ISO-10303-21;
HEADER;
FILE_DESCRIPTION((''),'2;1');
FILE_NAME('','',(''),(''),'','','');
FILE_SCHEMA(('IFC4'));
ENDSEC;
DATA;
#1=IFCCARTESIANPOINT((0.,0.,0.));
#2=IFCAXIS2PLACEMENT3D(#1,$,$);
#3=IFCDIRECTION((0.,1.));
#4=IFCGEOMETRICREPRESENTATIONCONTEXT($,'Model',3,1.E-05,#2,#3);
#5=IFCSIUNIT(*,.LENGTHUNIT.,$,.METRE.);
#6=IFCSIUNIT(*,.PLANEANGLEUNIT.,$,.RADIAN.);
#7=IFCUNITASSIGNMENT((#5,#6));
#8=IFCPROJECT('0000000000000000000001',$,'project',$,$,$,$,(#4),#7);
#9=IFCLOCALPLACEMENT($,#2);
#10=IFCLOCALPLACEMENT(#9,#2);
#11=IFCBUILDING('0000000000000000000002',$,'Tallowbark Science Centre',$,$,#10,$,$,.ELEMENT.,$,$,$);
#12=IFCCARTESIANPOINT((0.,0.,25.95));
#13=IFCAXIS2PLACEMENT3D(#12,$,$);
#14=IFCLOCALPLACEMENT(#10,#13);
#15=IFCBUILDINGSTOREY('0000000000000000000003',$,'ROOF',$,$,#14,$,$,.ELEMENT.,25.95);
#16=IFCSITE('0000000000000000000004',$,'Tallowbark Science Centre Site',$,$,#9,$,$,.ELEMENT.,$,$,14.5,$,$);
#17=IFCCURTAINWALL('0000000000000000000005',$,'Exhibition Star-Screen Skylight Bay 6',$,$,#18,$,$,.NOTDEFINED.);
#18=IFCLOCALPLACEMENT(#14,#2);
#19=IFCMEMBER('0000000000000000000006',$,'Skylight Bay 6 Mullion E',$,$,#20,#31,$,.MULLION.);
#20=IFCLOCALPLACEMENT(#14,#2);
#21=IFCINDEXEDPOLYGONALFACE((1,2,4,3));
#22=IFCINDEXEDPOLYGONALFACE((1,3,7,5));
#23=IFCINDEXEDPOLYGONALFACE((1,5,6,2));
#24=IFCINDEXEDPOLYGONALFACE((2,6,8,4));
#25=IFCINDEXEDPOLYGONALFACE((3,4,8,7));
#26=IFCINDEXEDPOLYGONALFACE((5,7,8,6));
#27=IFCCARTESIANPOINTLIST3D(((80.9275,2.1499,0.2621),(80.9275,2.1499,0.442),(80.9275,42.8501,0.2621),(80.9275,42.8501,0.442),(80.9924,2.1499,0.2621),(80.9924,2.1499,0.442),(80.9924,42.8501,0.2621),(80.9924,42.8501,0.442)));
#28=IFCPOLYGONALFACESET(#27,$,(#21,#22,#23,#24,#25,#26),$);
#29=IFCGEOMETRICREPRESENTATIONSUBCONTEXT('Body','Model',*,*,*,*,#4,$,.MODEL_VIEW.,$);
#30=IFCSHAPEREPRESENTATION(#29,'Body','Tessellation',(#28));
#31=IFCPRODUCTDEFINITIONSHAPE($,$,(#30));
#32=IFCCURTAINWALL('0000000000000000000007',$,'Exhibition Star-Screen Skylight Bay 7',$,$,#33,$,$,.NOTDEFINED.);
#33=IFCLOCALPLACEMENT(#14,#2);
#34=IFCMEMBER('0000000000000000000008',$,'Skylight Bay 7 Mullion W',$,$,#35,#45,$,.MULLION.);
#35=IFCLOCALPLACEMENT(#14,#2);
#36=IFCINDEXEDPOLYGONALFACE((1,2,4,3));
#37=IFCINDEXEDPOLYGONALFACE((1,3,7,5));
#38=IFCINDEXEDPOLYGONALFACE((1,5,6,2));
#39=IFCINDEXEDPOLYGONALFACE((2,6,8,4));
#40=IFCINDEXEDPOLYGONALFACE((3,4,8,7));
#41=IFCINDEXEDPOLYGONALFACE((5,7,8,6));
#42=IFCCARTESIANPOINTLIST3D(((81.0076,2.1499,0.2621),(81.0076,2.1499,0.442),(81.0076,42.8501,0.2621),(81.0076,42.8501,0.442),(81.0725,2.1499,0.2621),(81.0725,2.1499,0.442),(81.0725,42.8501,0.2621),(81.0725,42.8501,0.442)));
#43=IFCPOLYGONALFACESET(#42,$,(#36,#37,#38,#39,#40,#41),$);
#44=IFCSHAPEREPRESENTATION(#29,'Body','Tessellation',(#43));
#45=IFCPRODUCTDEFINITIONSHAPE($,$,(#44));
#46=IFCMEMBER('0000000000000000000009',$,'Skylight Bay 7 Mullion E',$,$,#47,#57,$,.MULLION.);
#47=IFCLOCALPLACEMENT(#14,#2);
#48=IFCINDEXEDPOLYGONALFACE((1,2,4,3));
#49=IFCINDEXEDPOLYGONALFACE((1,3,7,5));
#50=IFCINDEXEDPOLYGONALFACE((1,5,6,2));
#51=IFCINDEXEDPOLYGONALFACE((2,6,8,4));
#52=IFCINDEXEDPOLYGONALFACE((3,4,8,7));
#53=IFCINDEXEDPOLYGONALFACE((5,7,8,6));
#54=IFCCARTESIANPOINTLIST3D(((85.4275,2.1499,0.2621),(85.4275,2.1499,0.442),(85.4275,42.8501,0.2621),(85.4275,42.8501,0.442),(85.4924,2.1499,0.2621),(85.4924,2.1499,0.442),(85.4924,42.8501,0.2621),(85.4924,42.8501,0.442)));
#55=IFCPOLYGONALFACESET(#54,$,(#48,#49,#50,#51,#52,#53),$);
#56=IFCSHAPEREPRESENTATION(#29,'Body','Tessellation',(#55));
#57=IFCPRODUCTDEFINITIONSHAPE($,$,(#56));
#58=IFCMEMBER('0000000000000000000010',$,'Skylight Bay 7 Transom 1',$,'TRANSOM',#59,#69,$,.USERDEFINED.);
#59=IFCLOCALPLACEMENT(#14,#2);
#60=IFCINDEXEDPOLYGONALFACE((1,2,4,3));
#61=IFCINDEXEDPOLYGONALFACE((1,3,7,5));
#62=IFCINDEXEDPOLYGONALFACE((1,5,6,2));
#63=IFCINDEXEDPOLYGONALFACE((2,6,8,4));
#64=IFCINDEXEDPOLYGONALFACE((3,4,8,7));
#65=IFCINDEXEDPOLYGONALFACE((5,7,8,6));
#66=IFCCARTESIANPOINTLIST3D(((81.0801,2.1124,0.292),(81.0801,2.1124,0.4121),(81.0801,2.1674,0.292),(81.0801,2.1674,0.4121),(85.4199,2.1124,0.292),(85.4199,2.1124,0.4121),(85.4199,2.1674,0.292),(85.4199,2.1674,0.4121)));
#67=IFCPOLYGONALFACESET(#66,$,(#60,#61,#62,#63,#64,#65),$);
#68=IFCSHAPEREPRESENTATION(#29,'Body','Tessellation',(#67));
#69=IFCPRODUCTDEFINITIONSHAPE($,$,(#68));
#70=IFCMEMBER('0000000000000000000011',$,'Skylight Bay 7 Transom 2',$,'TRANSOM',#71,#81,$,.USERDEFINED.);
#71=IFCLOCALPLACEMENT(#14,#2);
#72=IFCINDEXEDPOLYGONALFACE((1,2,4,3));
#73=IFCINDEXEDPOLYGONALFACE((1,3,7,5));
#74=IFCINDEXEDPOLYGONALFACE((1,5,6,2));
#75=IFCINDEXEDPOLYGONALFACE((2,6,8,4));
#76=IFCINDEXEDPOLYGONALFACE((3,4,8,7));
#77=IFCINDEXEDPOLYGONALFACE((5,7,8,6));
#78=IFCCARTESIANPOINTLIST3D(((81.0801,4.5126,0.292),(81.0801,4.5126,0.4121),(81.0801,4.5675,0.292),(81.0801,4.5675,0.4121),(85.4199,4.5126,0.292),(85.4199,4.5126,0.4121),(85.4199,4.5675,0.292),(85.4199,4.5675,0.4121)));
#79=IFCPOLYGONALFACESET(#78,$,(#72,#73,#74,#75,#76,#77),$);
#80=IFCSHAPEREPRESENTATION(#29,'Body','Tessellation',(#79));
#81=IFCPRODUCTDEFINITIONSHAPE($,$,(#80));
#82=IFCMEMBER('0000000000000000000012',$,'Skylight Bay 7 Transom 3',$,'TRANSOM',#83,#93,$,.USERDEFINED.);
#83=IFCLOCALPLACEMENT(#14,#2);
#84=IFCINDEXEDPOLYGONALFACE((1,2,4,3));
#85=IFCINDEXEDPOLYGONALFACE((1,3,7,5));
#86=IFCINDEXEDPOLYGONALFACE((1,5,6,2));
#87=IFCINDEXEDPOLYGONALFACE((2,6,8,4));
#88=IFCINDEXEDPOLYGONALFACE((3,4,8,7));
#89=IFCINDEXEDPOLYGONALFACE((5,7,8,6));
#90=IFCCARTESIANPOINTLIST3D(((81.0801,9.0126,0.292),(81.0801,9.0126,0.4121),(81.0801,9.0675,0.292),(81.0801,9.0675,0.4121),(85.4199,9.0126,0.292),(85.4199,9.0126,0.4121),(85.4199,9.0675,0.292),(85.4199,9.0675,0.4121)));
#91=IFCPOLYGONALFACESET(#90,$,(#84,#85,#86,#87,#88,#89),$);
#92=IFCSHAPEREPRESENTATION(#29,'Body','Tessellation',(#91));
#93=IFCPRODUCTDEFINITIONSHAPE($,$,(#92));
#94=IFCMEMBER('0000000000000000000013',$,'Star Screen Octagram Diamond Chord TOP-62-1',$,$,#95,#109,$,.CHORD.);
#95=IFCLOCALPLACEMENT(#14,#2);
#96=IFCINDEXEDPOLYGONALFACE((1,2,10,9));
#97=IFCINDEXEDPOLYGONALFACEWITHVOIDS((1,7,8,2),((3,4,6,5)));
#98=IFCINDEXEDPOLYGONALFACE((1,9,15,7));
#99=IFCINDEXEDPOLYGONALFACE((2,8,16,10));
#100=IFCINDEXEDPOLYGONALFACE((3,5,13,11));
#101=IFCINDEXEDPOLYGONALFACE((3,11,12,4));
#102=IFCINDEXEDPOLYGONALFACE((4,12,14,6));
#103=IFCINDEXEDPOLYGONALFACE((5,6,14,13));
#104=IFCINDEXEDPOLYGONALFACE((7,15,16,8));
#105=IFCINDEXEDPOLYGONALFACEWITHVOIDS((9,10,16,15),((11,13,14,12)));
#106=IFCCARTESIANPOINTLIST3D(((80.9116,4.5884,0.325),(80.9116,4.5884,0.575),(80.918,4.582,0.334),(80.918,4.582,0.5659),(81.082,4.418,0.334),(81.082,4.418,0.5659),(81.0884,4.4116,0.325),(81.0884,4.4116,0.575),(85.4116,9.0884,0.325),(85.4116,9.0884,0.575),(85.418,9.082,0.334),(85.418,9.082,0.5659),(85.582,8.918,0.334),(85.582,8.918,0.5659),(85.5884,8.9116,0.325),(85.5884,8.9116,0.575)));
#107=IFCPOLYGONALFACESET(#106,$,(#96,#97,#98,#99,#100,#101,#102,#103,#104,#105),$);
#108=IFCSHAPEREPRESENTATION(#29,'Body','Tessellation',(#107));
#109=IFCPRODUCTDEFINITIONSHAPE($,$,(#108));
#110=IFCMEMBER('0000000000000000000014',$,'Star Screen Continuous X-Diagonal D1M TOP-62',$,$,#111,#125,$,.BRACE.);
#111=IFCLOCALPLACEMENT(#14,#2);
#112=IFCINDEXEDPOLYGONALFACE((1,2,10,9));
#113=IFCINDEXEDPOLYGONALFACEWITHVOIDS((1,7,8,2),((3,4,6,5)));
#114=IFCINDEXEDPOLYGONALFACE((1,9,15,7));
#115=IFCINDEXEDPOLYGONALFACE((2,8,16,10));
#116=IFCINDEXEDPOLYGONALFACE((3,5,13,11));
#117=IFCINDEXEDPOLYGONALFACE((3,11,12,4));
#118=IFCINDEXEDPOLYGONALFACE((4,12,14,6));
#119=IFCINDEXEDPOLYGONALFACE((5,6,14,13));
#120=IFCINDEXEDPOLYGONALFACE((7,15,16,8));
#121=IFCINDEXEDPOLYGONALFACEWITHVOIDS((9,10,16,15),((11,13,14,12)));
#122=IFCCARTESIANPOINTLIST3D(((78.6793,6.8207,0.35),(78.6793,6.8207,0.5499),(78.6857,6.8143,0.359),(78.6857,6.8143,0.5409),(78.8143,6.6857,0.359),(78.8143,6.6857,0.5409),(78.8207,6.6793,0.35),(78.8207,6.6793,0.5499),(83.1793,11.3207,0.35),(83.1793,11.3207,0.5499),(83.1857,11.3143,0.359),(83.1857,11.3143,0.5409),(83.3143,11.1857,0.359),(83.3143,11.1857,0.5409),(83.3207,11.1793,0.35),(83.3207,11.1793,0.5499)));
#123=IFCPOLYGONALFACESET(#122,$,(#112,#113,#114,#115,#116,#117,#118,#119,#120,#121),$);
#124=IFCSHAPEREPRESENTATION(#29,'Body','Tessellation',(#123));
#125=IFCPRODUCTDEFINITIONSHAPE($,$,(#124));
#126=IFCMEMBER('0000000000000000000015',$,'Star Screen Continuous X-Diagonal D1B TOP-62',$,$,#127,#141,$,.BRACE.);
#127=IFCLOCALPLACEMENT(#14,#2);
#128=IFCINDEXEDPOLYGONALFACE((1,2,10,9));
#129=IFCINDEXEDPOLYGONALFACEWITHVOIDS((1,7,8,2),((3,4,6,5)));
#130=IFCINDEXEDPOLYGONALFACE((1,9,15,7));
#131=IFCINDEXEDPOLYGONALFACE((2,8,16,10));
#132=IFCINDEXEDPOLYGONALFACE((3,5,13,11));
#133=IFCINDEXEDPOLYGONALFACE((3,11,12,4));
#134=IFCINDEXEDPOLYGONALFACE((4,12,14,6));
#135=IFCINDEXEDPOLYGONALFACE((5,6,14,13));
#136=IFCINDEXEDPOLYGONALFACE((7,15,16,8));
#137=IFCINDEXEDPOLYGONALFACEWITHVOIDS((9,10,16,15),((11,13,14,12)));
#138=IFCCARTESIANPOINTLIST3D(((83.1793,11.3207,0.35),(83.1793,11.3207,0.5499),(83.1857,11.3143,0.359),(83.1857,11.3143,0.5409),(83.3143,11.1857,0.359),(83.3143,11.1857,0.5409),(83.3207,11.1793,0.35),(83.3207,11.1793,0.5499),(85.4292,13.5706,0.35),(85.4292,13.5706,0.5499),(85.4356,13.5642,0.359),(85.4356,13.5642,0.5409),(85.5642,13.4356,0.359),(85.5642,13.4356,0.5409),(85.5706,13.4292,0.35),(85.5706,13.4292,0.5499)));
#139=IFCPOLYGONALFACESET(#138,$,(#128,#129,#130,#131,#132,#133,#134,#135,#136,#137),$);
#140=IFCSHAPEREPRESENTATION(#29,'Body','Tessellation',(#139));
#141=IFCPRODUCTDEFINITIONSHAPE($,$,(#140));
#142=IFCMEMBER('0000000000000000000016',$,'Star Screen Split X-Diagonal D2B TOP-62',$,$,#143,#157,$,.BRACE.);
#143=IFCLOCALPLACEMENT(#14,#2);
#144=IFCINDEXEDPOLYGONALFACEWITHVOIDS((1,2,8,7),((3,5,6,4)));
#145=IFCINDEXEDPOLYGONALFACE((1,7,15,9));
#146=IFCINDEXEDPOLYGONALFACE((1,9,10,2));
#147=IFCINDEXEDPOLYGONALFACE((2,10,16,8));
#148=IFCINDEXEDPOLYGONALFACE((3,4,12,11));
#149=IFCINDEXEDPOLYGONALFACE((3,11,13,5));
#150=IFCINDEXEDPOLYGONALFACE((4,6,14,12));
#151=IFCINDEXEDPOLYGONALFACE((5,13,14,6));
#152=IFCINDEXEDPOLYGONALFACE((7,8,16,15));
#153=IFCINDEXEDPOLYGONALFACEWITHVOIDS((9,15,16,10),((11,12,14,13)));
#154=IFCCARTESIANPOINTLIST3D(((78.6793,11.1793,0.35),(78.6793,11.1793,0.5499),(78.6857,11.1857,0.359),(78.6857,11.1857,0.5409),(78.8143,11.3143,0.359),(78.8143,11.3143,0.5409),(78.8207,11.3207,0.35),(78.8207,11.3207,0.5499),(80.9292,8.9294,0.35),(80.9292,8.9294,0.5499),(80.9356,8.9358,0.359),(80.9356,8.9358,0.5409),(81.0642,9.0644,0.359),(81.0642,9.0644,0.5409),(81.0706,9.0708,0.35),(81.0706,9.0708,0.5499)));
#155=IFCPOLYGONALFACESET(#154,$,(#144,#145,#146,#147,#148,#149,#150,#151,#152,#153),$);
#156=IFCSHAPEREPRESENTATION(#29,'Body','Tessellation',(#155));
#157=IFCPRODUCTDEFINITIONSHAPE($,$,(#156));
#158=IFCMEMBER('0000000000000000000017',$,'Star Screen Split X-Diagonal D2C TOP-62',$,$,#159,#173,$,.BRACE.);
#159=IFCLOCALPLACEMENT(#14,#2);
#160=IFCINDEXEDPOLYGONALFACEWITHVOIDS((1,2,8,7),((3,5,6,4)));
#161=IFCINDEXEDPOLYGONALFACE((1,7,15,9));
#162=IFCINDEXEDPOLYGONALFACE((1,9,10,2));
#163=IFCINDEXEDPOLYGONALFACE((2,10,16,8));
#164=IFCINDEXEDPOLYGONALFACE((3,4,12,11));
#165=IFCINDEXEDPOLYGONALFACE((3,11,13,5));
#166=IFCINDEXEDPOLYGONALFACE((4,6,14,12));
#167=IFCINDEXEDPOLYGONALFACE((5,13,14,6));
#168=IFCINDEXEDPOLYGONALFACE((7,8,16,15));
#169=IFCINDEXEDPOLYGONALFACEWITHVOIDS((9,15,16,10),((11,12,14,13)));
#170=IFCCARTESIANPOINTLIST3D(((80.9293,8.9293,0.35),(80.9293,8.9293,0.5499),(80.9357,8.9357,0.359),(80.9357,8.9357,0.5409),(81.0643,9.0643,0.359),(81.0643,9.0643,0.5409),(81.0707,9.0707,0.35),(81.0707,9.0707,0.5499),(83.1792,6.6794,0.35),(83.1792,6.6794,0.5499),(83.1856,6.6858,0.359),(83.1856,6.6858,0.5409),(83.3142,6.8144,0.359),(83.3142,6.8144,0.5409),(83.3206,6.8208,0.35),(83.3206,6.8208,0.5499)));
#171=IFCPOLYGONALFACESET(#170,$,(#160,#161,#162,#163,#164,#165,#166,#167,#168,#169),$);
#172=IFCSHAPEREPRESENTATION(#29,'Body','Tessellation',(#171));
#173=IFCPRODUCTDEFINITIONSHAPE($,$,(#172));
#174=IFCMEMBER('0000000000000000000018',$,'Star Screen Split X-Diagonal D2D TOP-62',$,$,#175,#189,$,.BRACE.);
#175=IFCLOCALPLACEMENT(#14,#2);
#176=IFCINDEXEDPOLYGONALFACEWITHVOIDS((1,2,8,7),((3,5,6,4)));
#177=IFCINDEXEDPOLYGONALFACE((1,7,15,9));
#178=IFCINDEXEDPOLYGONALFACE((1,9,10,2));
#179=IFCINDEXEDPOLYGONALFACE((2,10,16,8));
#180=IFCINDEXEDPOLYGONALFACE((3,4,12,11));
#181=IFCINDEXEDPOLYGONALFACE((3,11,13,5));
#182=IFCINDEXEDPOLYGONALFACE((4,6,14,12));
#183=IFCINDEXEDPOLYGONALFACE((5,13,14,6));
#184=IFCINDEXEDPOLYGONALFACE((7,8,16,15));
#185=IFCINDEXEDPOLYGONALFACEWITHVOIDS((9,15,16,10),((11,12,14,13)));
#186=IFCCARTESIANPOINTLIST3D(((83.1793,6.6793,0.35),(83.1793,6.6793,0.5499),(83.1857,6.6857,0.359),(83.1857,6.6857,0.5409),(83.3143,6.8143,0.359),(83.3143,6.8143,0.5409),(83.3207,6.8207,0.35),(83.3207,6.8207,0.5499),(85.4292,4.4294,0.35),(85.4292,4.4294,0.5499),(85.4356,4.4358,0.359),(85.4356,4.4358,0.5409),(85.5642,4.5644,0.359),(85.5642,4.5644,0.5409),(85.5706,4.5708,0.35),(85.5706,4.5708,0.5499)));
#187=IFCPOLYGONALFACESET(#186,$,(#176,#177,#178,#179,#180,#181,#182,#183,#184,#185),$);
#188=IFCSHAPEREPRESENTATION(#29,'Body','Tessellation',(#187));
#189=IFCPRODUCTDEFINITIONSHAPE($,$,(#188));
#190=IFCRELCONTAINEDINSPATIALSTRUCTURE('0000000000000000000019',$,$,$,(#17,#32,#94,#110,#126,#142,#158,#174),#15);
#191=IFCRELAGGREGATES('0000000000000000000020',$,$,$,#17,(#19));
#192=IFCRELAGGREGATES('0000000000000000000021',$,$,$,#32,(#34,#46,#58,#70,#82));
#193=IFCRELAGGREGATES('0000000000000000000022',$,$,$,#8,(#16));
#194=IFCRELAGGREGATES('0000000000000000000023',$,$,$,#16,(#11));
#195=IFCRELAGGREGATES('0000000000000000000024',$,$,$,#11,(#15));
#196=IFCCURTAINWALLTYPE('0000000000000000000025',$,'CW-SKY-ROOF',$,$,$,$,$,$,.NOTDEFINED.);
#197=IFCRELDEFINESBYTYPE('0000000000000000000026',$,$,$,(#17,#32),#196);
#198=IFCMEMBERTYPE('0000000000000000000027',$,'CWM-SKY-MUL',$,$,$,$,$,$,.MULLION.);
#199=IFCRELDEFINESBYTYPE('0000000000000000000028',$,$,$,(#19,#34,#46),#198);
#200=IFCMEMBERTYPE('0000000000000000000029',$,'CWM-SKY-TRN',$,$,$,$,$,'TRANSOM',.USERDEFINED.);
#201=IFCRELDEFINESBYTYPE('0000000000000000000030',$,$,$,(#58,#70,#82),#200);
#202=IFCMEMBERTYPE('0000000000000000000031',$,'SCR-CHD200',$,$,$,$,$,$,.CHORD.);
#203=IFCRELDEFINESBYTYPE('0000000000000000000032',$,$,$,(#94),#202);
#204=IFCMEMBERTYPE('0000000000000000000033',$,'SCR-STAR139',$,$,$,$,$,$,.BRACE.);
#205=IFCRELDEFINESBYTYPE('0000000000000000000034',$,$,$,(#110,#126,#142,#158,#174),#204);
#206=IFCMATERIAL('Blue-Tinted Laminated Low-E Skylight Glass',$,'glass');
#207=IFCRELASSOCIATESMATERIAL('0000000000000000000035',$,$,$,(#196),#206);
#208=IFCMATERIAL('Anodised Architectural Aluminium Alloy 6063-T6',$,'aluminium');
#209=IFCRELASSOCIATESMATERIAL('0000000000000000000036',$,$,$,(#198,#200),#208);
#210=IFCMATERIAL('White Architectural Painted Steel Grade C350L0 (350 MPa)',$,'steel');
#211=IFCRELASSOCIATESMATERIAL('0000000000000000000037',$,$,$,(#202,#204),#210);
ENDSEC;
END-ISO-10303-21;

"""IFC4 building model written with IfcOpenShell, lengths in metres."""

from ifc_helpers import new_model, si_unit, direction, frame, origin, origin_2d, place, context, subcontext, project, spatial, rectangle, hollow_rectangle, extrude, material, material_profile, profile_set, type_object, element, aggregate, save


model = new_model("IFC4")

# Units and contexts
model_context = context("Model", 3, precision=1e-05, world=origin(), true_north=direction((0.0, 1.0)))
body_context = subcontext(model_context, "Body", "Model", "MODEL_VIEW")
ifc_project = project(units=[si_unit("LENGTHUNIT", "METRE"), si_unit("PLANEANGLEUNIT", "RADIAN")], contexts=[model_context])

# Site, building, storey
site_placement = place(None, origin())
site = spatial("IfcSite", under=ifc_project, at=site_placement, Name="Tallowbark Science Centre Site", CompositionType="ELEMENT", RefElevation=14.5)
building_placement = place(site_placement, origin())
building = spatial("IfcBuilding", under=site, at=building_placement, Name="Tallowbark Science Centre", CompositionType="ELEMENT")
storey_placement = place(building_placement, frame((0.0, 0.0, 25.95)))
storey = spatial("IfcBuildingStorey", under=building, at=storey_placement, Name="ROOF", CompositionType="ELEMENT", Elevation=25.95)

# Curtain wall, member
ifc_material_1 = material(Name="Blue-Tinted Laminated Low-E Skylight Glass", Category="glass")
curtain_wall_type = type_object("IfcCurtainWallType", Name="CW-SKY-ROOF", PredefinedType="NOTDEFINED", material=ifc_material_1)
curtain_wall_1_placement = place(storey_placement, origin())
curtain_wall_1 = element("IfcCurtainWall", 1, at=curtain_wall_1_placement, inside=storey, type_object=curtain_wall_type, Name="Exhibition Star-Screen Skylight Bay 6", PredefinedType="NOTDEFINED")
ifc_material_2 = material(Name="Anodised Architectural Aluminium Alloy 6063-T6", Category="aluminium")
ifc_material_profile_1 = material_profile(ifc_material_2, rectangle(XDim=0.0649, YDim=0.1799, at=origin_2d()), Name="ALU65x180")
ifc_profile_set_1 = profile_set([ifc_material_profile_1], Name="Anodised Architectural Aluminium Alloy 6063-T6")
member_type_1 = type_object("IfcMemberType", Name="CWM-SKY-MUL", PredefinedType="MULLION", material=ifc_profile_set_1)
member_1_placement = place(storey_placement, frame((80.96, 2.1499, 0.3521), z_axis=(0.0, 1.0, 0.0), x_axis=(-1.0, 0.0, 0.0)))
member_1 = element("IfcMember", 2, at=member_1_placement, type_object=member_type_1, Name="Skylight Bay 6 Mullion E", PredefinedType="MULLION", context=body_context, shape_type="SweptSolid", body=[
    extrude(rectangle(XDim=0.0649, YDim=0.1799, at=origin_2d()), origin(), (0.0, 0.0, 1.0), 40.7002),
])

# Curtain wall, members
curtain_wall_2_placement = place(storey_placement, origin())
curtain_wall_2 = element("IfcCurtainWall", 3, at=curtain_wall_2_placement, inside=storey, type_object=curtain_wall_type, Name="Exhibition Star-Screen Skylight Bay 7", PredefinedType="NOTDEFINED")
member_2_placement = place(storey_placement, frame((81.04, 2.1499, 0.3521), z_axis=(0.0, 1.0, 0.0), x_axis=(-1.0, 0.0, 0.0)))
member_2 = element("IfcMember", 4, at=member_2_placement, type_object=member_type_1, Name="Skylight Bay 7 Mullion W", PredefinedType="MULLION", context=body_context, shape_type="SweptSolid", body=[
    extrude(rectangle(XDim=0.0649, YDim=0.1799, at=origin_2d()), origin(), (0.0, 0.0, 1.0), 40.7002),
])
member_3_placement = place(storey_placement, frame((85.46, 2.1499, 0.3521), z_axis=(0.0, 1.0, 0.0), x_axis=(-1.0, 0.0, 0.0)))
member_3 = element("IfcMember", 5, at=member_3_placement, type_object=member_type_1, Name="Skylight Bay 7 Mullion E", PredefinedType="MULLION", context=body_context, shape_type="SweptSolid", body=[
    extrude(rectangle(XDim=0.0649, YDim=0.1799, at=origin_2d()), origin(), (0.0, 0.0, 1.0), 40.7002),
])
ifc_material_profile_2 = material_profile(ifc_material_2, rectangle(XDim=0.0549, YDim=0.1201, at=origin_2d()), Name="ALU55x120")
ifc_profile_set_2 = profile_set([ifc_material_profile_2], Name="Anodised Architectural Aluminium Alloy 6063-T6")
member_type_2 = type_object("IfcMemberType", Name="CWM-SKY-TRN", ElementType="TRANSOM", PredefinedType="USERDEFINED", material=ifc_profile_set_2)
member_4_placement = place(storey_placement, frame((81.0801, 2.1399, 0.3521), z_axis=(1.0, 0.0, 0.0), x_axis=(0.0, 1.0, 0.0)))
member_4 = element("IfcMember", 6, at=member_4_placement, type_object=member_type_2, Name="Skylight Bay 7 Transom 1", ObjectType="TRANSOM", PredefinedType="USERDEFINED", context=body_context, shape_type="SweptSolid", body=[
    extrude(rectangle(XDim=0.0549, YDim=0.1201, at=origin_2d()), origin(), (0.0, 0.0, 1.0), 4.3398),
])
member_5_placement = place(storey_placement, frame((81.0801, 4.54, 0.3521), z_axis=(1.0, 0.0, 0.0), x_axis=(0.0, 1.0, 0.0)))
member_5 = element("IfcMember", 7, at=member_5_placement, type_object=member_type_2, Name="Skylight Bay 7 Transom 2", ObjectType="TRANSOM", PredefinedType="USERDEFINED", context=body_context, shape_type="SweptSolid", body=[
    extrude(rectangle(XDim=0.0549, YDim=0.1201, at=origin_2d()), origin(), (0.0, 0.0, 1.0), 4.3398),
])
member_6_placement = place(storey_placement, frame((81.0801, 9.04, 0.3521), z_axis=(1.0, 0.0, 0.0), x_axis=(0.0, 1.0, 0.0)))
member_6 = element("IfcMember", 8, at=member_6_placement, type_object=member_type_2, Name="Skylight Bay 7 Transom 3", ObjectType="TRANSOM", PredefinedType="USERDEFINED", context=body_context, shape_type="SweptSolid", body=[
    extrude(rectangle(XDim=0.0549, YDim=0.1201, at=origin_2d()), origin(), (0.0, 0.0, 1.0), 4.3398),
])

# Members
ifc_material_3 = material(Name="White Architectural Painted Steel Grade C350L0 (350 MPa)", Category="steel")
ifc_material_profile_3 = material_profile(ifc_material_3, hollow_rectangle(XDim=0.25, YDim=0.25, WallThickness=0.009, at=origin_2d()), Name="250x250x9.0SHS")
ifc_profile_set_3 = profile_set([ifc_material_profile_3], Name="White Architectural Painted Steel Grade C350L0 (350 MPa)")
member_type_3 = type_object("IfcMemberType", Name="SCR-CHD200", PredefinedType="CHORD", material=ifc_profile_set_3)
member_7_placement = place(storey_placement, frame((81.0, 4.5, 0.45), z_axis=(0.707107, 0.707107, 0.0), x_axis=(-0.707107, 0.707107, 0.0)))
element("IfcMember", 9, at=member_7_placement, inside=storey, type_object=member_type_3, Name="Star Screen Octagram Diamond Chord TOP-62-1", PredefinedType="CHORD", context=body_context, shape_type="SweptSolid", body=[
    extrude(hollow_rectangle(XDim=0.25, YDim=0.25, WallThickness=0.009, at=origin_2d()), origin(), (0.0, 0.0, 1.0), 6.364),
])
ifc_material_profile_4 = material_profile(ifc_material_3, hollow_rectangle(XDim=0.2, YDim=0.2, WallThickness=0.009, at=origin_2d()), Name="200x200x9.0SHS")
ifc_profile_set_4 = profile_set([ifc_material_profile_4], Name="White Architectural Painted Steel Grade C350L0 (350 MPa)")
member_type_4 = type_object("IfcMemberType", Name="SCR-STAR139", PredefinedType="BRACE", material=ifc_profile_set_4)
member_8_placement = place(storey_placement, frame((78.75, 6.75, 0.45), z_axis=(0.707107, 0.707107, 0.0), x_axis=(-0.707107, 0.707107, 0.0)))
element("IfcMember", 10, at=member_8_placement, inside=storey, type_object=member_type_4, Name="Star Screen Continuous X-Diagonal D1M TOP-62", PredefinedType="BRACE", context=body_context, shape_type="SweptSolid", body=[
    extrude(hollow_rectangle(XDim=0.2, YDim=0.2, WallThickness=0.009, at=origin_2d()), origin(), (0.0, 0.0, 1.0), 6.364),
])
for number, where, z_axis, x_axis, name in (
    (11, (83.25, 11.25, 0.45), (0.707107, 0.707107, 0.0), (-0.707107, 0.707107, 0.0), "Star Screen Continuous X-Diagonal D1B TOP-62"),
    (12, (78.75, 11.25, 0.45), (0.707107, -0.707107, 0.0), (0.707107, 0.707107, 0.0), "Star Screen Split X-Diagonal D2B TOP-62"),
    (13, (81.0, 9.0, 0.45), (0.707107, -0.707107, 0.0), (0.707107, 0.707107, 0.0), "Star Screen Split X-Diagonal D2C TOP-62"),
    (14, (83.25, 6.75, 0.45), (0.707107, -0.707107, 0.0), (0.707107, 0.707107, 0.0), "Star Screen Split X-Diagonal D2D TOP-62"),
):
    element("IfcMember", number, at=place(storey_placement, frame(where, z_axis=z_axis, x_axis=x_axis)), inside=storey, type_object=member_type_4, Name=name, PredefinedType="BRACE", context=body_context, shape_type="SweptSolid", body=[
        extrude(hollow_rectangle(XDim=0.2, YDim=0.2, WallThickness=0.009, at=origin_2d()), origin(), (0.0, 0.0, 1.0), 3.1819),
    ])

aggregate(curtain_wall_1, [member_1])
aggregate(curtain_wall_2, [member_2, member_3, member_4, member_5, member_6])

save(model, "model.ifc")
